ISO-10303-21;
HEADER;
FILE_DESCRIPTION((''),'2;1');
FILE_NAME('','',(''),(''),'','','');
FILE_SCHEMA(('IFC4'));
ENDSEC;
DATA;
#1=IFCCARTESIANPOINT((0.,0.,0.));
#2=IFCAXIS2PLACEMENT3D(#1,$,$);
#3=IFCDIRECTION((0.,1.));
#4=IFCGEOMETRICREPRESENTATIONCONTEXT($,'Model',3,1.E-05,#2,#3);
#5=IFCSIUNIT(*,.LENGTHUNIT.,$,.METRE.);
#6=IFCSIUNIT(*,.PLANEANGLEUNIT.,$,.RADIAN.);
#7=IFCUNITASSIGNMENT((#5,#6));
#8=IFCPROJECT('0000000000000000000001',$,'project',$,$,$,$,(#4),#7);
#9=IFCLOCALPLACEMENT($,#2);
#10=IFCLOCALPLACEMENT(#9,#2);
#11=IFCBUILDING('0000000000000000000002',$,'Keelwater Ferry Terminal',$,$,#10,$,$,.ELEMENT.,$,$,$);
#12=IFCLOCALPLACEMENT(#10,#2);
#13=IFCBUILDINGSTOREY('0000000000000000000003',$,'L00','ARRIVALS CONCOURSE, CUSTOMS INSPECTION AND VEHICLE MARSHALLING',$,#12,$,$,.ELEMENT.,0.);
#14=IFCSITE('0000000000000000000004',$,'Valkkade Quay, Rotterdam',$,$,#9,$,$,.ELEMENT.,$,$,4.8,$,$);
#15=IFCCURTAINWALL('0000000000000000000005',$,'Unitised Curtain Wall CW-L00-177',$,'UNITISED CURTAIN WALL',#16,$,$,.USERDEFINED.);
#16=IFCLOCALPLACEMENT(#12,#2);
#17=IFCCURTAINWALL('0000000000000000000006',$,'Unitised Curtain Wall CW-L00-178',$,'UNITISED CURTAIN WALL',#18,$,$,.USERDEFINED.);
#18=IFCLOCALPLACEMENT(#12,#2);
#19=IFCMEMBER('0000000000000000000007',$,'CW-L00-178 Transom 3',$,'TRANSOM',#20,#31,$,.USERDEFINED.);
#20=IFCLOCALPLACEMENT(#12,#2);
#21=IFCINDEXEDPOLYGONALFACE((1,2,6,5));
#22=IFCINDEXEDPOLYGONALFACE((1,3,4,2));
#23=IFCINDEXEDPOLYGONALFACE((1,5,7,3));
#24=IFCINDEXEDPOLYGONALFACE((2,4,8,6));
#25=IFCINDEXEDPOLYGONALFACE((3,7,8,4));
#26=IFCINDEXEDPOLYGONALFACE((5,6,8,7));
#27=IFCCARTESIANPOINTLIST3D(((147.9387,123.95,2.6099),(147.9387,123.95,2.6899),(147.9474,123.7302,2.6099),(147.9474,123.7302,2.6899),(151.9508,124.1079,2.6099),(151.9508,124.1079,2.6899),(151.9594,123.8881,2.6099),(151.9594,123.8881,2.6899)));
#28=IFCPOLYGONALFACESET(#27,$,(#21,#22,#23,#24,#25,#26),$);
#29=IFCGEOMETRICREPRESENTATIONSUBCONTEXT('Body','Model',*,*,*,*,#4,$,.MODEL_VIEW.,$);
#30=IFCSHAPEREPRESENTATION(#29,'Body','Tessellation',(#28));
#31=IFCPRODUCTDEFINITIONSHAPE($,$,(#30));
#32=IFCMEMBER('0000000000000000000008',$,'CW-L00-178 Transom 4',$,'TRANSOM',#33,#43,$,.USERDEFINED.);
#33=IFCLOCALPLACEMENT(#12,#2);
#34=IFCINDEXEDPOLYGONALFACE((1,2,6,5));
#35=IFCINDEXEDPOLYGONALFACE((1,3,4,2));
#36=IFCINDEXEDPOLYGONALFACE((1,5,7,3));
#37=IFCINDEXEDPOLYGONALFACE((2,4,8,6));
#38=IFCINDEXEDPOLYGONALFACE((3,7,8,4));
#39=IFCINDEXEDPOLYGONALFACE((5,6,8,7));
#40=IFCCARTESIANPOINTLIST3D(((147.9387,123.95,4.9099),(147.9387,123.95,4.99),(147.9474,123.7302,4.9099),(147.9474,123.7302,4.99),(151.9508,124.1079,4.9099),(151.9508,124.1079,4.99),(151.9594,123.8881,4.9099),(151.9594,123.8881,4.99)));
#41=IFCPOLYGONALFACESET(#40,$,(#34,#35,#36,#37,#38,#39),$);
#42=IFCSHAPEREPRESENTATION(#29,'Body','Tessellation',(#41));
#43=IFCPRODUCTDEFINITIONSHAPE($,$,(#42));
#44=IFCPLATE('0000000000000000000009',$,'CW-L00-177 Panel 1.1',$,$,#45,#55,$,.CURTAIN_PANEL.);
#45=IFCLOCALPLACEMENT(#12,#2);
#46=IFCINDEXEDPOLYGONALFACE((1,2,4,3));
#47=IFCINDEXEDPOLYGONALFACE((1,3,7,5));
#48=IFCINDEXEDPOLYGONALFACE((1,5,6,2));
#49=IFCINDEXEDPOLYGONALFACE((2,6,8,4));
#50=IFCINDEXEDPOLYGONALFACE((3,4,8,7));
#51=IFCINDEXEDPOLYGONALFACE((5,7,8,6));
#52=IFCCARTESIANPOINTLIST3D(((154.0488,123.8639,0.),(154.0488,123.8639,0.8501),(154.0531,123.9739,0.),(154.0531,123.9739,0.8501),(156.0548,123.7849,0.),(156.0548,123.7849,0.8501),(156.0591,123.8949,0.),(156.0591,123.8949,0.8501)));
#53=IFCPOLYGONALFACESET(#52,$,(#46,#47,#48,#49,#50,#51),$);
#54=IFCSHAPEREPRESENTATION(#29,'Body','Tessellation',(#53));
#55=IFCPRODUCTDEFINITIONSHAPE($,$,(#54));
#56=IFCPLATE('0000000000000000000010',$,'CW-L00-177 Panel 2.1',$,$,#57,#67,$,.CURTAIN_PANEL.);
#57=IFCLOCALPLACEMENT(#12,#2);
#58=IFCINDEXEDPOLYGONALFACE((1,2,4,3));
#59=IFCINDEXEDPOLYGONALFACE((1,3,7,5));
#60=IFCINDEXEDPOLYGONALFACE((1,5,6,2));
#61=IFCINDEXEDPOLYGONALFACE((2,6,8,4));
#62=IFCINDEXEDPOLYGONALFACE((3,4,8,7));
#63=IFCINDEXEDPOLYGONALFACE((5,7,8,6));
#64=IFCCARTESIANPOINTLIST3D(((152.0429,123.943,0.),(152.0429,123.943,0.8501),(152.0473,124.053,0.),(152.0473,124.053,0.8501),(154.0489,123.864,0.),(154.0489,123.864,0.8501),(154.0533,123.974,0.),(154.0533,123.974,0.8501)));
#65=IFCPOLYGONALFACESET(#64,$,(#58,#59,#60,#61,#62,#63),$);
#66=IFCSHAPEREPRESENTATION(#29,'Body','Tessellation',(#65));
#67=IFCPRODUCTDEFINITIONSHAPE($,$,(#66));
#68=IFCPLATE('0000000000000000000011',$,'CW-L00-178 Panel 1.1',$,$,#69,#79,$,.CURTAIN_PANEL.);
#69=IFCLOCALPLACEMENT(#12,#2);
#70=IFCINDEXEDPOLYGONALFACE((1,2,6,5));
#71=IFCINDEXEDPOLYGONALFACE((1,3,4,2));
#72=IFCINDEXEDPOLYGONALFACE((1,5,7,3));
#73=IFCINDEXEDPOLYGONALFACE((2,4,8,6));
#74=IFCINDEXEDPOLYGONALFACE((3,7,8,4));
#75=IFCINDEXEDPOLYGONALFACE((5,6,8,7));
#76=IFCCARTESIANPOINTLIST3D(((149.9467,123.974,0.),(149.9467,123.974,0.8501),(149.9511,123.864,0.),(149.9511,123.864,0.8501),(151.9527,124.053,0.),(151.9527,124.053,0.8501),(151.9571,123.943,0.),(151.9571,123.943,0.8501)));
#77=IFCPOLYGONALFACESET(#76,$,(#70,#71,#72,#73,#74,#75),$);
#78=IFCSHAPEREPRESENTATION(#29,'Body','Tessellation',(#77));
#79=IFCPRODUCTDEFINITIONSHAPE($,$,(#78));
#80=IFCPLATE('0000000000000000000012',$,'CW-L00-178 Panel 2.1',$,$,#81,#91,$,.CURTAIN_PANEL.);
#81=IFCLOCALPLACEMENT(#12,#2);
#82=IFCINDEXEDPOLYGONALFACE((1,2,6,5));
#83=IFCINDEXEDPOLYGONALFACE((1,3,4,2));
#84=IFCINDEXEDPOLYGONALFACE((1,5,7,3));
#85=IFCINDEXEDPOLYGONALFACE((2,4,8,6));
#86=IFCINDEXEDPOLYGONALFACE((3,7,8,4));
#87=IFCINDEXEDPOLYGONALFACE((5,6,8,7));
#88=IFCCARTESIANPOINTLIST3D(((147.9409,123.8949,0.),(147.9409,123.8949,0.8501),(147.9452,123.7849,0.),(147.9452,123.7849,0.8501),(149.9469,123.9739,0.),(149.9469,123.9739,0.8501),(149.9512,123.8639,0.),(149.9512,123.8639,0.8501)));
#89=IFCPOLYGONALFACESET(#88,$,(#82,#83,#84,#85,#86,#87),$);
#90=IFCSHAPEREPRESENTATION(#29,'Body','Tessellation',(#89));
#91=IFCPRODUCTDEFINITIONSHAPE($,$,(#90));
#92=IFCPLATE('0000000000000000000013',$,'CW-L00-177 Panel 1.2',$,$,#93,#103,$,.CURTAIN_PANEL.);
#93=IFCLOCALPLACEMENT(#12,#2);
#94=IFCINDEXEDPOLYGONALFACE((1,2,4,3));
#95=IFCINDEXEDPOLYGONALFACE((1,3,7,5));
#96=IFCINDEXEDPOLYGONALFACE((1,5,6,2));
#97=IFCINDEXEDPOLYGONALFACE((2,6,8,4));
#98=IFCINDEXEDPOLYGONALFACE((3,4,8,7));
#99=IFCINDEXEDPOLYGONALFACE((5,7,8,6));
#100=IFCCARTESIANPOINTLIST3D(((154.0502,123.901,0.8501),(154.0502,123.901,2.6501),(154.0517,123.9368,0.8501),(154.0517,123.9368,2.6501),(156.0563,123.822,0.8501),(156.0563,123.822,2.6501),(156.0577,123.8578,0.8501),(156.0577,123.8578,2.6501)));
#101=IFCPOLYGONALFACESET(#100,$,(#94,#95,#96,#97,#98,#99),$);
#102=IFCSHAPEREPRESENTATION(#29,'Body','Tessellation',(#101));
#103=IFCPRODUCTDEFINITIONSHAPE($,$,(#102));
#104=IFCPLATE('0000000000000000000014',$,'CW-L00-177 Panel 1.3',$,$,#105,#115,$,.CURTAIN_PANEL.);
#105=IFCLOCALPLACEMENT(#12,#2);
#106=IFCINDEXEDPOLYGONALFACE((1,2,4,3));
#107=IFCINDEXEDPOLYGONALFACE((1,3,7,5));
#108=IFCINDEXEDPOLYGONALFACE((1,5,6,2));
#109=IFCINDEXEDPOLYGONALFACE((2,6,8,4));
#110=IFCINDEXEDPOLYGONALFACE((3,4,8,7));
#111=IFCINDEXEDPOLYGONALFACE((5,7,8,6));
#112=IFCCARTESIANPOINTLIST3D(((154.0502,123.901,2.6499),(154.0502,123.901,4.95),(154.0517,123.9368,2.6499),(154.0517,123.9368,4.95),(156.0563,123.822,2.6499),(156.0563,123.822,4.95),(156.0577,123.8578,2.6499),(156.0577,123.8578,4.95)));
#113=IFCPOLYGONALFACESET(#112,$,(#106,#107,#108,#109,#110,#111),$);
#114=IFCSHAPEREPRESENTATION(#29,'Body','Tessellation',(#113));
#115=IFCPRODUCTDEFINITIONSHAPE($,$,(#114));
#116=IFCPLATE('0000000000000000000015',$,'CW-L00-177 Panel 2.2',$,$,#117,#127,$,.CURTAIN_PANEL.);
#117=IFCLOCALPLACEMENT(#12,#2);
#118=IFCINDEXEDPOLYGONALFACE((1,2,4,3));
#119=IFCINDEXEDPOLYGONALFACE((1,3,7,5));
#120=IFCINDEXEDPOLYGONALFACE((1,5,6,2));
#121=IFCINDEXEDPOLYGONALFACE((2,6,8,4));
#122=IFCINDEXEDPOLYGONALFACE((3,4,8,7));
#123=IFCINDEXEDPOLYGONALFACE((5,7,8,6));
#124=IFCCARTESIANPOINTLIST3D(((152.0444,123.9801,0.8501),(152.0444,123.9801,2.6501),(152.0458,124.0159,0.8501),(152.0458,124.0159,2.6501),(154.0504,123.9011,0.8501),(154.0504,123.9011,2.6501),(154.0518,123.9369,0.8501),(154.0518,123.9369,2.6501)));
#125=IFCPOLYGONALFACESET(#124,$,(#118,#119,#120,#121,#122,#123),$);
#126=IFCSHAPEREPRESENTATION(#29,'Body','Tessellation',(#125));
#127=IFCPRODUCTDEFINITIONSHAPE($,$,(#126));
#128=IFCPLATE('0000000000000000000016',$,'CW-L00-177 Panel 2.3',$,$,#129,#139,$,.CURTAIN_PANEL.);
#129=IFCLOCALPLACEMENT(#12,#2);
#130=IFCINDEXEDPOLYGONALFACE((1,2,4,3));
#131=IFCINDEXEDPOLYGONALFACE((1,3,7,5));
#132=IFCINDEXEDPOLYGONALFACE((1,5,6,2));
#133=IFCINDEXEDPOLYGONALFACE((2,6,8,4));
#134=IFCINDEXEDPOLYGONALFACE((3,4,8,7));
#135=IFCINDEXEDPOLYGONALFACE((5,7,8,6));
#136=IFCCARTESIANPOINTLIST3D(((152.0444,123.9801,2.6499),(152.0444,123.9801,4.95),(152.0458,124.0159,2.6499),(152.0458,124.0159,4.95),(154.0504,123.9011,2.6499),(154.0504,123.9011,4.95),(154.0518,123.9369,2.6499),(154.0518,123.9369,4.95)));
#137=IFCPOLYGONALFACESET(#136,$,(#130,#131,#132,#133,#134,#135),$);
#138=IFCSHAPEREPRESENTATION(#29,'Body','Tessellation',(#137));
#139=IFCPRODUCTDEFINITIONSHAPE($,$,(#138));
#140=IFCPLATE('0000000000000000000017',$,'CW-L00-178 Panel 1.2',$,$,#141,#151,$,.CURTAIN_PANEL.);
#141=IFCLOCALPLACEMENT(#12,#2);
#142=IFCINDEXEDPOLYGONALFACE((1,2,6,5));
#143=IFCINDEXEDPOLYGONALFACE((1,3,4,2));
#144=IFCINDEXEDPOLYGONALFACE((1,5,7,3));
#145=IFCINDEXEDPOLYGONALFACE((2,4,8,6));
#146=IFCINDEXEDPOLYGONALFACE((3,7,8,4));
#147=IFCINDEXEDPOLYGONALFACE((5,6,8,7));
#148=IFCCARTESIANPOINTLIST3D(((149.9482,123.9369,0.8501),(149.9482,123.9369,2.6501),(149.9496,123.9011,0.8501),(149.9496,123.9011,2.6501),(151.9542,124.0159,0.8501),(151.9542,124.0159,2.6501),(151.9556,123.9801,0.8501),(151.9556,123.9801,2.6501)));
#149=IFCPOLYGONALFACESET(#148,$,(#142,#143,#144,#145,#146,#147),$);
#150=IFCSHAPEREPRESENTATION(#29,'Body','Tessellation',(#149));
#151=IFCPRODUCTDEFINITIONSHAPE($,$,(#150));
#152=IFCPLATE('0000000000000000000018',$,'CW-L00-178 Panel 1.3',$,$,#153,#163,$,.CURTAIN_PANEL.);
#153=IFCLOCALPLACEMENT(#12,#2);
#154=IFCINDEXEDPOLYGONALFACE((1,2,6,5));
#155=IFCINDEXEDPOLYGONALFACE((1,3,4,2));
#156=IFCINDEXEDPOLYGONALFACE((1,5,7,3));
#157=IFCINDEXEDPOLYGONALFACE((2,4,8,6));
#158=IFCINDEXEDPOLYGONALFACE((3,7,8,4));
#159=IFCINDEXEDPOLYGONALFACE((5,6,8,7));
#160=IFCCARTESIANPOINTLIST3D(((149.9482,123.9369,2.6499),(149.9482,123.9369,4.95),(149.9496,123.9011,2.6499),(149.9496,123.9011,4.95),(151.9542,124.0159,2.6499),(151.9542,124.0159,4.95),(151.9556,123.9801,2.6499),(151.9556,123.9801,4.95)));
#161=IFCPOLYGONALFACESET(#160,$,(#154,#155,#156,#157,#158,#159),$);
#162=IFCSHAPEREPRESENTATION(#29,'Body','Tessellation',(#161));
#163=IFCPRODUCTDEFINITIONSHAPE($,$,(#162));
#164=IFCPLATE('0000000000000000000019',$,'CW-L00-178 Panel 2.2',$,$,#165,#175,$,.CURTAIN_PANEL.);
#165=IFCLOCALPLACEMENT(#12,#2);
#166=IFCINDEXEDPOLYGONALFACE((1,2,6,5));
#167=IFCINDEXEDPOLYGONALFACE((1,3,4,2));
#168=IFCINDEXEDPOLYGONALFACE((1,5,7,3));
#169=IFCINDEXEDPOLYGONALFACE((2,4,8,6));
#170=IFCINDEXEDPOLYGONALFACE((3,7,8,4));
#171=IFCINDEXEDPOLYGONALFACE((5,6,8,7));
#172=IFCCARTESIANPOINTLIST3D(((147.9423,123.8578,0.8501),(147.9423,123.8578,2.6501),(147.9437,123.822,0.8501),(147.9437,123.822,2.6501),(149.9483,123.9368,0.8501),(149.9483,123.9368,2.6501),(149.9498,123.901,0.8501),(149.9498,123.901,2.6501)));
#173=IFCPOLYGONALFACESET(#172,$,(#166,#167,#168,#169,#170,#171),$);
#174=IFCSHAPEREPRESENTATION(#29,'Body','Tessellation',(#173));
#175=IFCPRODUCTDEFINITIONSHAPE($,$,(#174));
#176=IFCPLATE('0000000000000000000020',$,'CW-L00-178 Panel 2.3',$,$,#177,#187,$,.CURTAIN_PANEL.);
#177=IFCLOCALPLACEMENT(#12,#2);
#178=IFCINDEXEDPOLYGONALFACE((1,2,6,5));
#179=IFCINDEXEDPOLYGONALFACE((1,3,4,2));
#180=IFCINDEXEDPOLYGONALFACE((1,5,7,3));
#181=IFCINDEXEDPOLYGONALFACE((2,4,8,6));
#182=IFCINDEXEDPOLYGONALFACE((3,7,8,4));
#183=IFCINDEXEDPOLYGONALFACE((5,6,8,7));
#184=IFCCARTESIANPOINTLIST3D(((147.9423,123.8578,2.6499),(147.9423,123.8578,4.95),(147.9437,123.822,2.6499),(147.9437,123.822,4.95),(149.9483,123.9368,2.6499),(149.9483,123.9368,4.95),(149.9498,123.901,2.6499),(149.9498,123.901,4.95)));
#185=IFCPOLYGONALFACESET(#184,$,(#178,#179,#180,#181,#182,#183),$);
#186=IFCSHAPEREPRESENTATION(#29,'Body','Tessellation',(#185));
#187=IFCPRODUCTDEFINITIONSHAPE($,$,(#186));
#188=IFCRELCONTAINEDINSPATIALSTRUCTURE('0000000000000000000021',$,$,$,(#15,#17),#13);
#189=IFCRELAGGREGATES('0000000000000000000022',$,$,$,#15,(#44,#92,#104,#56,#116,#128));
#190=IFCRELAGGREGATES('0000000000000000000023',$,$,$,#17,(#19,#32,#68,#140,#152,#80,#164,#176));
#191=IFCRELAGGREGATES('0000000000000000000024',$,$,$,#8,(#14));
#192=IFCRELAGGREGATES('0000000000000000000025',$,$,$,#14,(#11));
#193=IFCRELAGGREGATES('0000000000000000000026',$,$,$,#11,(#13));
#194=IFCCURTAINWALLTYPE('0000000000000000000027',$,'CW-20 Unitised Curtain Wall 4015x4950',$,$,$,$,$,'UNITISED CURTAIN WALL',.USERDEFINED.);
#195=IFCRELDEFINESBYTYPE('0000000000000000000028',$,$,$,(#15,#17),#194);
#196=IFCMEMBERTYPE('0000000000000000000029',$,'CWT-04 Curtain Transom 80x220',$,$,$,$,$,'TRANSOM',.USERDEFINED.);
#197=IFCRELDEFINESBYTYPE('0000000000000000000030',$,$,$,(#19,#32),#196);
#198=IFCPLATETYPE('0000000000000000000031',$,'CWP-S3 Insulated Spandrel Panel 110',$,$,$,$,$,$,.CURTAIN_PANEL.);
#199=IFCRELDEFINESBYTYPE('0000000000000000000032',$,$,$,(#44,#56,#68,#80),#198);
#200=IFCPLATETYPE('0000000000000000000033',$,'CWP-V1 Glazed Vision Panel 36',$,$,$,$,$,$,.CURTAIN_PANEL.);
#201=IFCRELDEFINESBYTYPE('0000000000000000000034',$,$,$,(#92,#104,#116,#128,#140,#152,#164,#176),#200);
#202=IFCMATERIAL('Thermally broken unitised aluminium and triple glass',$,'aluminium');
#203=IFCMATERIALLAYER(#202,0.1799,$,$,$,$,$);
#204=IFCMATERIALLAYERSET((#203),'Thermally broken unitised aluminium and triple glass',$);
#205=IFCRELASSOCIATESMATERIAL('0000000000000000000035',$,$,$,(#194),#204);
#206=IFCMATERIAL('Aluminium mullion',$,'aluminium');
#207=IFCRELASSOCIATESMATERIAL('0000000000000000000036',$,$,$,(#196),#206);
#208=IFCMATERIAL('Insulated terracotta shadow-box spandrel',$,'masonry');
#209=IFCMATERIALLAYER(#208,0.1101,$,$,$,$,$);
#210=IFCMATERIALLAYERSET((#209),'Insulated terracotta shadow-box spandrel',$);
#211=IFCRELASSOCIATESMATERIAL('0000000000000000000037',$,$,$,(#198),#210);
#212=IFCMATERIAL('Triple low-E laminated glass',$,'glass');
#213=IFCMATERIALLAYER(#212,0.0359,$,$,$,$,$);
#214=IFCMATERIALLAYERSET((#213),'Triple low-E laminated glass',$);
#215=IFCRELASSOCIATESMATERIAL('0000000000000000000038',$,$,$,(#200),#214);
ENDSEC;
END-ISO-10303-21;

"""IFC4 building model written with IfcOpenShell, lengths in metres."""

from ifc_helpers import new_model, si_unit, direction, frame, origin, origin_2d, place, context, subcontext, project, spatial, rectangle, extrude, material, layer, layer_set, material_profile, profile_set, type_object, element, aggregate, save


model = new_model("IFC4")

# Units and contexts
model_context = context("Model", 3, precision=1e-05, world=origin(), true_north=direction((0.0, 1.0)))
body_context = subcontext(model_context, "Body", "Model", "MODEL_VIEW")
ifc_project = project(units=[si_unit("LENGTHUNIT", "METRE"), si_unit("PLANEANGLEUNIT", "RADIAN")], contexts=[model_context])

# Site, building, storey
site_placement = place(None, origin())
site = spatial("IfcSite", under=ifc_project, at=site_placement, Name="Valkkade Quay, Rotterdam", CompositionType="ELEMENT", RefElevation=4.8)
building_placement = place(site_placement, origin())
building = spatial("IfcBuilding", under=site, at=building_placement, Name="Keelwater Ferry Terminal", CompositionType="ELEMENT")
storey_placement = place(building_placement, origin())
storey = spatial("IfcBuildingStorey", under=building, at=storey_placement, Name="L00", Description="ARRIVALS CONCOURSE, CUSTOMS INSPECTION AND VEHICLE MARSHALLING", CompositionType="ELEMENT", Elevation=0.0)

# Curtain walls
ifc_material_1 = material(Name="Thermally broken unitised aluminium and triple glass", Category="aluminium")
ifc_layer_1 = layer(ifc_material_1, 0.1799)
ifc_layer_set_1 = layer_set([ifc_layer_1], Name="Thermally broken unitised aluminium and triple glass")
curtain_wall_type = type_object("IfcCurtainWallType", Name="CW-20 Unitised Curtain Wall 4015x4950", ElementType="UNITISED CURTAIN WALL", PredefinedType="USERDEFINED", material=ifc_layer_set_1)
curtain_wall_1_placement = place(storey_placement, origin())
curtain_wall_1 = element("IfcCurtainWall", 1, at=curtain_wall_1_placement, inside=storey, type_object=curtain_wall_type, Name="Unitised Curtain Wall CW-L00-177", ObjectType="UNITISED CURTAIN WALL", PredefinedType="USERDEFINED")
curtain_wall_2_placement = place(storey_placement, origin())
curtain_wall_2 = element("IfcCurtainWall", 2, at=curtain_wall_2_placement, inside=storey, type_object=curtain_wall_type, Name="Unitised Curtain Wall CW-L00-178", ObjectType="UNITISED CURTAIN WALL", PredefinedType="USERDEFINED")

# Members
ifc_material_2 = material(Name="Aluminium mullion", Category="aluminium")
ifc_material_profile_1 = material_profile(ifc_material_2, rectangle(XDim=0.22, YDim=0.0801, at=origin_2d()), Name="CWT-04")
ifc_profile_set_1 = profile_set([ifc_material_profile_1], Name="Aluminium mullion")
member_type_1 = type_object("IfcMemberType", Name="CWT-04 Curtain Transom 80x220", ElementType="TRANSOM", PredefinedType="USERDEFINED", material=ifc_profile_set_1)
member_1_placement = place(storey_placement, frame((151.9551, 123.998, 2.6499), z_axis=(-0.999226, -0.039342, 0.0), x_axis=(0.039342, -0.999226, 0.0)))
member_1 = element("IfcMember", 3, at=member_1_placement, type_object=member_type_1, Name="CW-L00-178 Transom 3", ObjectType="TRANSOM", PredefinedType="USERDEFINED", context=body_context, shape_type="SweptSolid", body=[
    extrude(rectangle(XDim=0.22, YDim=0.0801, at=origin_2d()), origin(), (0.0, 0.0, 1.0), 4.0151),
])
member_2_placement = place(storey_placement, frame((151.9551, 123.998, 4.95), z_axis=(-0.999226, -0.039342, 0.0), x_axis=(0.039342, -0.999226, 0.0)))
member_2 = element("IfcMember", 4, at=member_2_placement, type_object=member_type_1, Name="CW-L00-178 Transom 4", ObjectType="TRANSOM", PredefinedType="USERDEFINED", context=body_context, shape_type="SweptSolid", body=[
    extrude(rectangle(XDim=0.22, YDim=0.0801, at=origin_2d()), origin(), (0.0, 0.0, 1.0), 4.0151),
])

# Plates
ifc_material_3 = material(Name="Insulated terracotta shadow-box spandrel", Category="masonry")
ifc_layer_2 = layer(ifc_material_3, 0.1101)
ifc_layer_set_2 = layer_set([ifc_layer_2], Name="Insulated terracotta shadow-box spandrel")
plate_type_1 = type_object("IfcPlateType", Name="CWP-S3 Insulated Spandrel Panel 110", PredefinedType="CURTAIN_PANEL", material=ifc_layer_set_2)
plate_1_placement = place(storey_placement, frame((155.054, 123.8794, 0.0), z_axis=(0.0, 0.0, 1.0), x_axis=(-0.999225, 0.039351, 0.0)))
plate_1 = element("IfcPlate", 5, at=plate_1_placement, type_object=plate_type_1, Name="CW-L00-177 Panel 1.1", PredefinedType="CURTAIN_PANEL", context=body_context, shape_type="SweptSolid", body=[
    extrude(rectangle(XDim=2.0076, YDim=0.1101, at=origin_2d()), origin(), (0.0, 0.0, 1.0), 0.8501),
])
plate_2_placement = place(storey_placement, frame((153.0481, 123.9585, 0.0), z_axis=(0.0, 0.0, 1.0), x_axis=(-0.999225, 0.039351, 0.0)))
plate_2 = element("IfcPlate", 6, at=plate_2_placement, type_object=plate_type_1, Name="CW-L00-177 Panel 2.1", PredefinedType="CURTAIN_PANEL", context=body_context, shape_type="SweptSolid", body=[
    extrude(rectangle(XDim=2.0076, YDim=0.1101, at=origin_2d()), origin(), (0.0, 0.0, 1.0), 0.8501),
])
plate_3_placement = place(storey_placement, frame((150.9519, 123.9585, 0.0), z_axis=(0.0, 0.0, 1.0), x_axis=(-0.999225, -0.039351, 0.0)))
plate_3 = element("IfcPlate", 7, at=plate_3_placement, type_object=plate_type_1, Name="CW-L00-178 Panel 1.1", PredefinedType="CURTAIN_PANEL", context=body_context, shape_type="SweptSolid", body=[
    extrude(rectangle(XDim=2.0076, YDim=0.1101, at=origin_2d()), origin(), (0.0, 0.0, 1.0), 0.8501),
])
plate_4_placement = place(storey_placement, frame((148.946, 123.8794, 0.0), z_axis=(0.0, 0.0, 1.0), x_axis=(-0.999225, -0.039351, 0.0)))
plate_4 = element("IfcPlate", 8, at=plate_4_placement, type_object=plate_type_1, Name="CW-L00-178 Panel 2.1", PredefinedType="CURTAIN_PANEL", context=body_context, shape_type="SweptSolid", body=[
    extrude(rectangle(XDim=2.0076, YDim=0.1101, at=origin_2d()), origin(), (0.0, 0.0, 1.0), 0.8501),
])
ifc_material_4 = material(Name="Triple low-E laminated glass", Category="glass")
ifc_layer_3 = layer(ifc_material_4, 0.0359)
ifc_layer_set_3 = layer_set([ifc_layer_3], Name="Triple low-E laminated glass")
plate_type_2 = type_object("IfcPlateType", Name="CWP-V1 Glazed Vision Panel 36", PredefinedType="CURTAIN_PANEL", material=ifc_layer_set_3)
plate_5_placement = place(storey_placement, frame((155.054, 123.8794, 0.8501), z_axis=(0.0, 0.0, 1.0), x_axis=(-0.999225, 0.039351, 0.0)))
plate_5 = element("IfcPlate", 9, at=plate_5_placement, type_object=plate_type_2, Name="CW-L00-177 Panel 1.2", PredefinedType="CURTAIN_PANEL", context=body_context, shape_type="SweptSolid", body=[
    extrude(rectangle(XDim=2.0076, YDim=0.0359, at=origin_2d()), origin(), (0.0, 0.0, 1.0), 1.8),
])
plate_6_placement = place(storey_placement, frame((155.054, 123.8794, 2.6499), z_axis=(0.0, 0.0, 1.0), x_axis=(-0.999225, 0.039351, 0.0)))
plate_6 = element("IfcPlate", 10, at=plate_6_placement, type_object=plate_type_2, Name="CW-L00-177 Panel 1.3", PredefinedType="CURTAIN_PANEL", context=body_context, shape_type="SweptSolid", body=[
    extrude(rectangle(XDim=2.0076, YDim=0.0359, at=origin_2d()), origin(), (0.0, 0.0, 1.0), 2.3),
])
plate_7_placement = place(storey_placement, frame((153.0481, 123.9585, 0.8501), z_axis=(0.0, 0.0, 1.0), x_axis=(-0.999225, 0.039351, 0.0)))
plate_7 = element("IfcPlate", 11, at=plate_7_placement, type_object=plate_type_2, Name="CW-L00-177 Panel 2.2", PredefinedType="CURTAIN_PANEL", context=body_context, shape_type="SweptSolid", body=[
    extrude(rectangle(XDim=2.0076, YDim=0.0359, at=origin_2d()), origin(), (0.0, 0.0, 1.0), 1.8),
])
plate_8_placement = place(storey_placement, frame((153.0481, 123.9585, 2.6499), z_axis=(0.0, 0.0, 1.0), x_axis=(-0.999225, 0.039351, 0.0)))
plate_8 = element("IfcPlate", 12, at=plate_8_placement, type_object=plate_type_2, Name="CW-L00-177 Panel 2.3", PredefinedType="CURTAIN_PANEL", context=body_context, shape_type="SweptSolid", body=[
    extrude(rectangle(XDim=2.0076, YDim=0.0359, at=origin_2d()), origin(), (0.0, 0.0, 1.0), 2.3),
])
aggregate(curtain_wall_1, [plate_1, plate_5, plate_6, plate_2, plate_7, plate_8])
plate_9_placement = place(storey_placement, frame((150.9519, 123.9585, 0.8501), z_axis=(0.0, 0.0, 1.0), x_axis=(-0.999225, -0.039351, 0.0)))
plate_9 = element("IfcPlate", 13, at=plate_9_placement, type_object=plate_type_2, Name="CW-L00-178 Panel 1.2", PredefinedType="CURTAIN_PANEL", context=body_context, shape_type="SweptSolid", body=[
    extrude(rectangle(XDim=2.0076, YDim=0.0359, at=origin_2d()), origin(), (0.0, 0.0, 1.0), 1.8),
])
plate_10_placement = place(storey_placement, frame((150.9519, 123.9585, 2.6499), z_axis=(0.0, 0.0, 1.0), x_axis=(-0.999225, -0.039351, 0.0)))
plate_10 = element("IfcPlate", 14, at=plate_10_placement, type_object=plate_type_2, Name="CW-L00-178 Panel 1.3", PredefinedType="CURTAIN_PANEL", context=body_context, shape_type="SweptSolid", body=[
    extrude(rectangle(XDim=2.0076, YDim=0.0359, at=origin_2d()), origin(), (0.0, 0.0, 1.0), 2.3),
])
plate_11_placement = place(storey_placement, frame((148.946, 123.8794, 0.8501), z_axis=(0.0, 0.0, 1.0), x_axis=(-0.999225, -0.039351, 0.0)))
plate_11 = element("IfcPlate", 15, at=plate_11_placement, type_object=plate_type_2, Name="CW-L00-178 Panel 2.2", PredefinedType="CURTAIN_PANEL", context=body_context, shape_type="SweptSolid", body=[
    extrude(rectangle(XDim=2.0076, YDim=0.0359, at=origin_2d()), origin(), (0.0, 0.0, 1.0), 1.8),
])
plate_12_placement = place(storey_placement, frame((148.946, 123.8794, 2.6499), z_axis=(0.0, 0.0, 1.0), x_axis=(-0.999225, -0.039351, 0.0)))
plate_12 = element("IfcPlate", 16, at=plate_12_placement, type_object=plate_type_2, Name="CW-L00-178 Panel 2.3", PredefinedType="CURTAIN_PANEL", context=body_context, shape_type="SweptSolid", body=[
    extrude(rectangle(XDim=2.0076, YDim=0.0359, at=origin_2d()), origin(), (0.0, 0.0, 1.0), 2.3),
])
aggregate(curtain_wall_2, [member_1, member_2, plate_3, plate_9, plate_10, plate_4, plate_11, plate_12])

save(model, "model.ifc")
